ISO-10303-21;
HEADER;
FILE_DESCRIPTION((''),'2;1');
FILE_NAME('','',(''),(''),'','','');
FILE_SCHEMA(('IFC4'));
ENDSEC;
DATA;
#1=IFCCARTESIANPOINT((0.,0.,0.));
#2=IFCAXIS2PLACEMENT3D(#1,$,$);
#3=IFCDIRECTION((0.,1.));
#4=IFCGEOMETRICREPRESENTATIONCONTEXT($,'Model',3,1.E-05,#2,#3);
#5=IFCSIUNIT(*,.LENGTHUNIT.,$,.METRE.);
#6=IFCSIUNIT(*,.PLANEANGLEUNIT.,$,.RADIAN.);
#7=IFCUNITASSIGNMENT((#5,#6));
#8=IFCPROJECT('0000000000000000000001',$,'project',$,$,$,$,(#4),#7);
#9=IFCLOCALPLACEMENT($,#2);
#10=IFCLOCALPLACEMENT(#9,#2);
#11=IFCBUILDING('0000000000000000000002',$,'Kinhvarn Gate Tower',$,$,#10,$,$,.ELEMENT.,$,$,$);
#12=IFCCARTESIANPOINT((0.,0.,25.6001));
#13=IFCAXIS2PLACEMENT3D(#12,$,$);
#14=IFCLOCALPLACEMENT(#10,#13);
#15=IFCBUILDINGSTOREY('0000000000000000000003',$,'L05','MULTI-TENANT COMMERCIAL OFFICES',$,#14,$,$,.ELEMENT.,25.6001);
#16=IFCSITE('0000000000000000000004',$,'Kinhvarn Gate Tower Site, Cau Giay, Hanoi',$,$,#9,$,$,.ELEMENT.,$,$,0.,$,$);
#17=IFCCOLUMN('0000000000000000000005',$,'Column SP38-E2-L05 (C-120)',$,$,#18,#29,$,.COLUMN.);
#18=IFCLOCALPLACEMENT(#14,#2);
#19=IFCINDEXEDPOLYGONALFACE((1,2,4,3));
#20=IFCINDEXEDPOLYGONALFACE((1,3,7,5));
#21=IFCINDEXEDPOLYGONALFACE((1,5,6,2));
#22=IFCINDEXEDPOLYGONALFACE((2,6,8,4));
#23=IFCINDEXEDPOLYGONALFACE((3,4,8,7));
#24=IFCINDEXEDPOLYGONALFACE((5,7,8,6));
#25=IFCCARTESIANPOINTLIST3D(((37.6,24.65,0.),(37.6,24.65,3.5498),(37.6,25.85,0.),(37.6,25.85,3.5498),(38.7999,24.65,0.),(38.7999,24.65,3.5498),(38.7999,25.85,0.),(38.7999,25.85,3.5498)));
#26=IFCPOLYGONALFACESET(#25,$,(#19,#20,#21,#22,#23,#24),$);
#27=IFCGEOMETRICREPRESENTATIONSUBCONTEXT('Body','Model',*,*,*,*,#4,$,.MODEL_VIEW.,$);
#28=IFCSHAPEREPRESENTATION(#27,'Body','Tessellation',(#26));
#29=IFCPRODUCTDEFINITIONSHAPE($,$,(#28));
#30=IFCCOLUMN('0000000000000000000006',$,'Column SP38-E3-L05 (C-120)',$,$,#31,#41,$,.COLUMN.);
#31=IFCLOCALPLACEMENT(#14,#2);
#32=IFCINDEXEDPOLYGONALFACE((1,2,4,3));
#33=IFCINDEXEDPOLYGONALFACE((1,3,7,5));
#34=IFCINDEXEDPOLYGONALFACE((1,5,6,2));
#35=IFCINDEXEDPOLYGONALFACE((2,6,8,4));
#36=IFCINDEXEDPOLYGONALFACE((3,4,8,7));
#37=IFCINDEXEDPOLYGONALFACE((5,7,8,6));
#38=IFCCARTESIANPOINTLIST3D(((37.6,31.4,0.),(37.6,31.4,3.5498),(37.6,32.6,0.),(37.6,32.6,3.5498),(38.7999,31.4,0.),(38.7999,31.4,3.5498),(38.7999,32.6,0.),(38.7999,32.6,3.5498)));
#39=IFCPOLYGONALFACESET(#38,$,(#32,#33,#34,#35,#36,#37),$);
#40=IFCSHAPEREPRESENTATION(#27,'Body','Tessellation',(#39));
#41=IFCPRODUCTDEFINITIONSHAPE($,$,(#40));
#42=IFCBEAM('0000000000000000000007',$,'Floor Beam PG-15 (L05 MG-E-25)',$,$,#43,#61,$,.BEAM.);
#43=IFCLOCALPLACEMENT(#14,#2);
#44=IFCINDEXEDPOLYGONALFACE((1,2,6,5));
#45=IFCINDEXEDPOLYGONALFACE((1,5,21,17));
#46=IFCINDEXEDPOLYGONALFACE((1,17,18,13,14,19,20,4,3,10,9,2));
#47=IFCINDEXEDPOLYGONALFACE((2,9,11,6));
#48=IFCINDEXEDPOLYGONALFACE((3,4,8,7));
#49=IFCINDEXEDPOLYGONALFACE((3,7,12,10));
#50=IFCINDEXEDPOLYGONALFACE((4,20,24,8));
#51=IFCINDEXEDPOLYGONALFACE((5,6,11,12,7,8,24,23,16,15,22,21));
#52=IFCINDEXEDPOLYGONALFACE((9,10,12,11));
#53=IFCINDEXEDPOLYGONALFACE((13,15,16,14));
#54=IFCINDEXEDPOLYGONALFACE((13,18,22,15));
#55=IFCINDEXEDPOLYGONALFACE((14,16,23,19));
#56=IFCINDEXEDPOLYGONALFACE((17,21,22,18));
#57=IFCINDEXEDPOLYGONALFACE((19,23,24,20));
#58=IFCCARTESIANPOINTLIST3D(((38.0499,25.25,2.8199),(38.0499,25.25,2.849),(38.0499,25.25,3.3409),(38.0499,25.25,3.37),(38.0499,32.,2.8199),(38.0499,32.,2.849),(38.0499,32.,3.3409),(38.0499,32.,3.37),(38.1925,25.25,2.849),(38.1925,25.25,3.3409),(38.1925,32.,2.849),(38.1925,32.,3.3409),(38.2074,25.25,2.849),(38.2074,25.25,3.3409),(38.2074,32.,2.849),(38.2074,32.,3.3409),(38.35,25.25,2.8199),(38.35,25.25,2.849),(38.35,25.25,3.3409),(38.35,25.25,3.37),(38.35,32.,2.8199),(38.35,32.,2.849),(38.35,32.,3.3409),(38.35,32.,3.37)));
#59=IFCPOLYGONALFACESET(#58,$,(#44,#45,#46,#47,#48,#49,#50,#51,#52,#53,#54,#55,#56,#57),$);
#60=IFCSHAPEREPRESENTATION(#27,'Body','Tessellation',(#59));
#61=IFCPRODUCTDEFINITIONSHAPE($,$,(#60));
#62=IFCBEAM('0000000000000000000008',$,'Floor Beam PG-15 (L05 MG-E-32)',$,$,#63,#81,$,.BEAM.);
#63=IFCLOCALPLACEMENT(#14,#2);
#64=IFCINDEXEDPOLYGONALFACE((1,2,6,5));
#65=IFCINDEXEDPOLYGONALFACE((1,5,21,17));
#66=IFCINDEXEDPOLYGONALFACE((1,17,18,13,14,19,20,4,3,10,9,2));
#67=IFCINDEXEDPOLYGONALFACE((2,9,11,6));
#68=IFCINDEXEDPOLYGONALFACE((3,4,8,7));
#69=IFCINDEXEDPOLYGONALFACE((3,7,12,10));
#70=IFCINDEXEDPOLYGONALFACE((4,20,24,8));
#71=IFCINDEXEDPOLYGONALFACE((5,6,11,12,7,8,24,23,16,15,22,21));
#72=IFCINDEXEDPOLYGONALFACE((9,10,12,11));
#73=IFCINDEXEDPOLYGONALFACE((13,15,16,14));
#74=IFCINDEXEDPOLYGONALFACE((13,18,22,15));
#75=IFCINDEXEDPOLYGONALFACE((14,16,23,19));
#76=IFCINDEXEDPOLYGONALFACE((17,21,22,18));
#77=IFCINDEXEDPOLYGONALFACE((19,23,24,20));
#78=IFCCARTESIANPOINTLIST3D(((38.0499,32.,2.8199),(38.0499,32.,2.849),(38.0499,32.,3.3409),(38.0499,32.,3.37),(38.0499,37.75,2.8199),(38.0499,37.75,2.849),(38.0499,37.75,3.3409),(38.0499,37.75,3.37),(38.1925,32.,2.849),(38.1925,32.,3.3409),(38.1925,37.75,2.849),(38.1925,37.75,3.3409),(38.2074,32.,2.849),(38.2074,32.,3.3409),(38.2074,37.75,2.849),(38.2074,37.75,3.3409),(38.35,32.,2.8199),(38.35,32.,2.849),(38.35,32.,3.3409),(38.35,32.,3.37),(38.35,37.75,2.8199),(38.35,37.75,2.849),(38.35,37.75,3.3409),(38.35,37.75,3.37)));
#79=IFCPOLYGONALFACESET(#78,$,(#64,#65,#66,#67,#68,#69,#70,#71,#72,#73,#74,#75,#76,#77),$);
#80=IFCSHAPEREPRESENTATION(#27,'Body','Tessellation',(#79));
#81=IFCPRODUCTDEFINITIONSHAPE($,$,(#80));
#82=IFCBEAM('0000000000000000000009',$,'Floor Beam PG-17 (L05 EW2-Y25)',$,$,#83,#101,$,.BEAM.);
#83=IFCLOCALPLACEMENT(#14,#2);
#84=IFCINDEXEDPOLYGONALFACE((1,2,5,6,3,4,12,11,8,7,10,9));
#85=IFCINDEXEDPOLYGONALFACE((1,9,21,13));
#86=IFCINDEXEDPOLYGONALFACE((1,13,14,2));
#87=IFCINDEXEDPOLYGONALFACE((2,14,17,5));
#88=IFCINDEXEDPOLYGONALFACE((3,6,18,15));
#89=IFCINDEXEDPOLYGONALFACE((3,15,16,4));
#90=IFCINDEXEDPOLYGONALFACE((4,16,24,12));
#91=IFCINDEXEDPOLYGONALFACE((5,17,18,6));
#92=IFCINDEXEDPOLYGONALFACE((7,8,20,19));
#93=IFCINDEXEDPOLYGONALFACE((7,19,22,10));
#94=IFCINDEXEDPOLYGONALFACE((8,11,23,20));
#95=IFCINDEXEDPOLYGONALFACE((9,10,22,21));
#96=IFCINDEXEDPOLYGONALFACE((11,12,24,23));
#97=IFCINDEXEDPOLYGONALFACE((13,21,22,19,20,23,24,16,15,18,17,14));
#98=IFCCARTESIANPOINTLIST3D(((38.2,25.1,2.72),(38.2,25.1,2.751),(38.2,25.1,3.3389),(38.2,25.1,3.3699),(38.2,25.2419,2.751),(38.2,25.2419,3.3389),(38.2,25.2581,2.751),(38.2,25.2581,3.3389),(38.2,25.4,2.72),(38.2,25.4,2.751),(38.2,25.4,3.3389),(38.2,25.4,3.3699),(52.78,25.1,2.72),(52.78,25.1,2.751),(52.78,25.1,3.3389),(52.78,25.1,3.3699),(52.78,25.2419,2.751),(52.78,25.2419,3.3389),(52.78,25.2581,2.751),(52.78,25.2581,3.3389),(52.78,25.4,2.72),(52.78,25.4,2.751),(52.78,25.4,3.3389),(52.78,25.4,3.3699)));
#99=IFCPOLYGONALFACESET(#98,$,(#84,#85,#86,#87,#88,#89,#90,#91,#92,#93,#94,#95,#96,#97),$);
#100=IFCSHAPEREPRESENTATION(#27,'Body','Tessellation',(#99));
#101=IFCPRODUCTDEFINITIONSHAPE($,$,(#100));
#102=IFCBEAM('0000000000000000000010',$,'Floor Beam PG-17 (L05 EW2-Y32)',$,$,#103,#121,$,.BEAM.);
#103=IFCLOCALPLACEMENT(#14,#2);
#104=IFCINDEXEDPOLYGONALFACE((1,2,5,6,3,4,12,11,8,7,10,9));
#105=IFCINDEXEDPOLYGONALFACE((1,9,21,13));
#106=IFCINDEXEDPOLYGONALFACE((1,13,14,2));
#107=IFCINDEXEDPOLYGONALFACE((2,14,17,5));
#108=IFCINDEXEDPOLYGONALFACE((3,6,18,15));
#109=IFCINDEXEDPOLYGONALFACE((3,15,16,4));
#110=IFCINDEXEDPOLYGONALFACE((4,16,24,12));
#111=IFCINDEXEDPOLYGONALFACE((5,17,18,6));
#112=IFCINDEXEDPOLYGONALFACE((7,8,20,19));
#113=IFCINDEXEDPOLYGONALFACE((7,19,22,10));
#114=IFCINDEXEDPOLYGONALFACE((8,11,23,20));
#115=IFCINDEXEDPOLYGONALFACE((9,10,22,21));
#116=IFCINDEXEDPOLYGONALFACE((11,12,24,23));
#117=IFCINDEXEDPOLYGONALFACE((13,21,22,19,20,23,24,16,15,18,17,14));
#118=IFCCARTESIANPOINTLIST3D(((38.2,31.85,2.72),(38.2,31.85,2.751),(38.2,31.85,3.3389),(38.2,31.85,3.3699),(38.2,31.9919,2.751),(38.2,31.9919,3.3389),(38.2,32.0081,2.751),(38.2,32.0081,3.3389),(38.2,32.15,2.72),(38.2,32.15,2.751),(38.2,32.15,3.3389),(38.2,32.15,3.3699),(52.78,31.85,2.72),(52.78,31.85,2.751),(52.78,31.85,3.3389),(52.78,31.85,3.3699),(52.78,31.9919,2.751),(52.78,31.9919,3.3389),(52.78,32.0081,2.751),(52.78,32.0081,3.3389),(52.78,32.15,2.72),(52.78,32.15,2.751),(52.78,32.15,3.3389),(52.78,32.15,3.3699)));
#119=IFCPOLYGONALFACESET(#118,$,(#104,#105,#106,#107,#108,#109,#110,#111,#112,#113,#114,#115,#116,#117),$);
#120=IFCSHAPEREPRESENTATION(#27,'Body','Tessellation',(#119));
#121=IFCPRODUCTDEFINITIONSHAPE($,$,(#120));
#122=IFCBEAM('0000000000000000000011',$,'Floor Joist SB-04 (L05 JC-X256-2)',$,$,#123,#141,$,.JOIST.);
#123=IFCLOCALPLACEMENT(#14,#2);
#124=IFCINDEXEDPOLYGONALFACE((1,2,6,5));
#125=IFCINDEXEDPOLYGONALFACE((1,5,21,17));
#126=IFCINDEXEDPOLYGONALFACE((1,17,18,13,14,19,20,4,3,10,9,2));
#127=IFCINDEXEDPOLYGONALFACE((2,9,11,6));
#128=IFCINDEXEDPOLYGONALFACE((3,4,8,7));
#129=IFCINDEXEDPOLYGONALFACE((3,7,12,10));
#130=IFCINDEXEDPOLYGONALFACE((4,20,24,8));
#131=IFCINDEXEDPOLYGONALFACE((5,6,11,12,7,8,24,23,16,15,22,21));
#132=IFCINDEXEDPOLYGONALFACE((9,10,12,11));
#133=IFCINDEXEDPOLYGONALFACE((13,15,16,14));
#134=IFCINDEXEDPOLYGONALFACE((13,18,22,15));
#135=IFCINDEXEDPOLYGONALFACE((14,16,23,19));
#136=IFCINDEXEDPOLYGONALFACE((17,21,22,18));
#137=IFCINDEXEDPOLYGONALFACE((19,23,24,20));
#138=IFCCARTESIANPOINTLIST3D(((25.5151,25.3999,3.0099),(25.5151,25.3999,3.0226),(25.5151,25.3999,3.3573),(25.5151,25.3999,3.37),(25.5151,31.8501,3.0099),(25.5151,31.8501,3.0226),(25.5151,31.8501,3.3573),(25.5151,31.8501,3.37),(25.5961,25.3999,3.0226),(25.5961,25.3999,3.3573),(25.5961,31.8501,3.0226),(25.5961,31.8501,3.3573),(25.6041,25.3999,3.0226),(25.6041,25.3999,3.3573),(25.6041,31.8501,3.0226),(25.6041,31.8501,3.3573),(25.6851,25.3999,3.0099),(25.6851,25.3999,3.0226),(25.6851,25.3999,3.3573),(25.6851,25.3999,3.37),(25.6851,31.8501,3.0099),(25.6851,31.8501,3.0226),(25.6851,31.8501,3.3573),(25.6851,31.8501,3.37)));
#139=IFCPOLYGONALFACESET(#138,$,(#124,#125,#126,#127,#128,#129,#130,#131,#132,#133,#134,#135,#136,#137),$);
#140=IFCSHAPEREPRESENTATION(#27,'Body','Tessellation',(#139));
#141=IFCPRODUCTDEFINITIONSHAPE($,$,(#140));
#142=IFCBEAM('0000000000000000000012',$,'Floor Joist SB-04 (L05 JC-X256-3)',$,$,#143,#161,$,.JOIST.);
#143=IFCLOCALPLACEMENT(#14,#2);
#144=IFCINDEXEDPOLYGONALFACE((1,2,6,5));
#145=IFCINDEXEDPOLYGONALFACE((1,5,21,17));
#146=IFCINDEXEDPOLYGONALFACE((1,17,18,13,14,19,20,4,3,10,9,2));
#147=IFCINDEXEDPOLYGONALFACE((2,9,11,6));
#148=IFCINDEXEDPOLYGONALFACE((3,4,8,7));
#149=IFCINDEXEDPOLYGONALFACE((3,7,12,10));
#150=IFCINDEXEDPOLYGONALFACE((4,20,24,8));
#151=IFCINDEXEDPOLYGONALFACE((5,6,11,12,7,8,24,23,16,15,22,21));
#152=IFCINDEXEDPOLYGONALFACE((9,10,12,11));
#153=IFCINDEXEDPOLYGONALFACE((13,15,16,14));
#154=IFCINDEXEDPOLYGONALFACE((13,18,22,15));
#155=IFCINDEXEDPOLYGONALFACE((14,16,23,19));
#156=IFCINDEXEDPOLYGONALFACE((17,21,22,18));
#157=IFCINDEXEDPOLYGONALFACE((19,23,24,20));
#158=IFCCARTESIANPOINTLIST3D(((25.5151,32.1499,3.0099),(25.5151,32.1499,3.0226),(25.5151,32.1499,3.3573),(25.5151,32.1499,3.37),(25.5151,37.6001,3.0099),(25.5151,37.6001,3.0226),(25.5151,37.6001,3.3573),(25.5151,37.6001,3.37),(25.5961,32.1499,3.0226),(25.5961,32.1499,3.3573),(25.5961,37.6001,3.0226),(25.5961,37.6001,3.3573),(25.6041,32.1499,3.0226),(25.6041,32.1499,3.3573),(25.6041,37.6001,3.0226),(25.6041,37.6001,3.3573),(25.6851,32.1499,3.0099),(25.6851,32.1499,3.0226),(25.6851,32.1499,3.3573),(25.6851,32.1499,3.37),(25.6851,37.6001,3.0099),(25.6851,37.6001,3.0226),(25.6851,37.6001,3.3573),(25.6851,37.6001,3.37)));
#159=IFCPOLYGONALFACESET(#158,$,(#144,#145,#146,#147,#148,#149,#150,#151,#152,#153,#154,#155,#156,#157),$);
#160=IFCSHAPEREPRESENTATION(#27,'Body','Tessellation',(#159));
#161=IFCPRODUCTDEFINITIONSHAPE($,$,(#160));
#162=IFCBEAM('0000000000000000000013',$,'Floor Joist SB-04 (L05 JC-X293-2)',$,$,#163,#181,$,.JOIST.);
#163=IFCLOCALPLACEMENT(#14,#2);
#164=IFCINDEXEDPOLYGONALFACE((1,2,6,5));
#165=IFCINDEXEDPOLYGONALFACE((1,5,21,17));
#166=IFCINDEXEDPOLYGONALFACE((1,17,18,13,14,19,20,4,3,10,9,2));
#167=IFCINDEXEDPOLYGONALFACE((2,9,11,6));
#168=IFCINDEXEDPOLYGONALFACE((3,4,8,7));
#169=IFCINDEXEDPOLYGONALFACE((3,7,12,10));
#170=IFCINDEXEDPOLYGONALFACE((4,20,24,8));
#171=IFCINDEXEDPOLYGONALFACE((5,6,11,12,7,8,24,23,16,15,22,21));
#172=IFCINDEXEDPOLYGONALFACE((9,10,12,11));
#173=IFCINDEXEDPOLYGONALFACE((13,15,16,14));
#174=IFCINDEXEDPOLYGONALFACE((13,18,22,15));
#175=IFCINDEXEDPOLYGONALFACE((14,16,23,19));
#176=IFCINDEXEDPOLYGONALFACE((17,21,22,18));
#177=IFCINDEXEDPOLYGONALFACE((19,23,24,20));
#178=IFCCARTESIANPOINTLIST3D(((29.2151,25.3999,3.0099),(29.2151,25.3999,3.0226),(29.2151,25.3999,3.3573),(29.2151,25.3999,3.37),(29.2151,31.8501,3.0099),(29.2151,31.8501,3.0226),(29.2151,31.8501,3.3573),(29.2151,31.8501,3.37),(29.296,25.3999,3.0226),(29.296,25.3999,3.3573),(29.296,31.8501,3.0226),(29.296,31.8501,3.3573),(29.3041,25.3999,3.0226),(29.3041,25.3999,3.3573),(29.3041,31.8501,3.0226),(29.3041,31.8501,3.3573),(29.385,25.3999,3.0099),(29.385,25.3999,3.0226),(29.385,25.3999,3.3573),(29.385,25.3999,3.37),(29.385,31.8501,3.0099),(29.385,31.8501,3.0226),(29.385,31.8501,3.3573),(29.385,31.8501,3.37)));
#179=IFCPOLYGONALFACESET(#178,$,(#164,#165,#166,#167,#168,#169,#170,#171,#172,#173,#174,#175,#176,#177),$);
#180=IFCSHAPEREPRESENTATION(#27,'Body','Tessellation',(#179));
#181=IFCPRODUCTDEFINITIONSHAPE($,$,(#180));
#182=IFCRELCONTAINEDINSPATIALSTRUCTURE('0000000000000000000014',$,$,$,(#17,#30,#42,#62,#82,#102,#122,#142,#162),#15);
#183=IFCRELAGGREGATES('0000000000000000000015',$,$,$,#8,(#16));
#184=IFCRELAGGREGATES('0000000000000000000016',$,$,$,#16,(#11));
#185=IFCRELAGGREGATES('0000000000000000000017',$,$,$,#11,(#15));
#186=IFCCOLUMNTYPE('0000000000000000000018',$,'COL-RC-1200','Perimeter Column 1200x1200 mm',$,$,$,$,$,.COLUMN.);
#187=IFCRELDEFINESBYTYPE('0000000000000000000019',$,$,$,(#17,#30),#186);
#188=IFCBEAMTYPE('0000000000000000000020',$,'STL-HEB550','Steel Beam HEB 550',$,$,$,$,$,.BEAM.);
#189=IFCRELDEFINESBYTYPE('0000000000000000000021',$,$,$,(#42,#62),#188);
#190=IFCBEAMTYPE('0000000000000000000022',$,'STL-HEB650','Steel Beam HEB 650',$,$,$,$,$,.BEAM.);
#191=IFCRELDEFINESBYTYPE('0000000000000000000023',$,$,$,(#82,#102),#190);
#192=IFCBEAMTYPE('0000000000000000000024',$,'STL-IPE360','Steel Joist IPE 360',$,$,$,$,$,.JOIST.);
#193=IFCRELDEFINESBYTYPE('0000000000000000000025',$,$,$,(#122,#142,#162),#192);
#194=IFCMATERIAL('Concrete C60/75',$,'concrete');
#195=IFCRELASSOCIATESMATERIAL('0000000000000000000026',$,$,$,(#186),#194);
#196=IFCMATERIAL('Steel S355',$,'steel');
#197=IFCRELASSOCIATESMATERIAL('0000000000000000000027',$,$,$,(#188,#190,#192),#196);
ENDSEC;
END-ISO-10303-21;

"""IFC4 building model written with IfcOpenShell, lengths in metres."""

from ifc_helpers import new_model, si_unit, direction, frame, origin, origin_2d, place, context, subcontext, project, spatial, rectangle, i_section, extrude, material, material_profile, profile_set, type_object, element, save


model = new_model("IFC4")

# Units and contexts
model_context = context("Model", 3, precision=1e-05, world=origin(), true_north=direction((0.0, 1.0)))
body_context = subcontext(model_context, "Body", "Model", "MODEL_VIEW")
ifc_project = project(units=[si_unit("LENGTHUNIT", "METRE"), si_unit("PLANEANGLEUNIT", "RADIAN")], contexts=[model_context])

# Site, building, storey
site_placement = place(None, origin())
site = spatial("IfcSite", under=ifc_project, at=site_placement, Name="Kinhvarn Gate Tower Site, Cau Giay, Hanoi", CompositionType="ELEMENT", RefElevation=0.0)
building_placement = place(site_placement, origin())
building = spatial("IfcBuilding", under=site, at=building_placement, Name="Kinhvarn Gate Tower", CompositionType="ELEMENT")
storey_placement = place(building_placement, frame((0.0, 0.0, 25.6001)))
storey = spatial("IfcBuildingStorey", under=building, at=storey_placement, Name="L05", Description="MULTI-TENANT COMMERCIAL OFFICES", CompositionType="ELEMENT", Elevation=25.6001)

# Columns
ifc_material_1 = material(Name="Concrete C60/75", Category="concrete")
ifc_material_profile_1 = material_profile(ifc_material_1, rectangle(XDim=1.2, YDim=1.2, at=origin_2d()), Name="RC 1200x1200")
ifc_profile_set_1 = profile_set([ifc_material_profile_1], Name="Concrete C60/75")
column_type = type_object("IfcColumnType", Name="COL-RC-1200", Description="Perimeter Column 1200x1200 mm", PredefinedType="COLUMN", material=ifc_profile_set_1)
for number, where, z_axis, x_axis, name in (
    (1, (38.2, 25.25, 0.0), (0.0, 0.0, 1.0), (1.0, 0.0, 0.0), "Column SP38-E2-L05 (C-120)"),
    (2, (38.2, 32.0, 0.0), (0.0, 0.0, 1.0), (1.0, 0.0, 0.0), "Column SP38-E3-L05 (C-120)"),
):
    element("IfcColumn", number, at=place(storey_placement, frame(where, z_axis=z_axis, x_axis=x_axis)), inside=storey, type_object=column_type, Name=name, PredefinedType="COLUMN", context=body_context, shape_type="SweptSolid", body=[
        extrude(rectangle(XDim=1.2, YDim=1.2, at=origin_2d()), origin(), (0.0, 0.0, 1.0), 3.5498),
    ])

# Beams
ifc_material_2 = material(Name="Steel S355", Category="steel")
ifc_material_profile_2 = material_profile(ifc_material_2, i_section(OverallWidth=0.3, OverallDepth=0.55, WebThickness=0.0149, FlangeThickness=0.0291, at=origin_2d()), Name="HEB 550")
ifc_profile_set_2 = profile_set([ifc_material_profile_2], Name="Steel S355")
beam_type_1 = type_object("IfcBeamType", Name="STL-HEB550", Description="Steel Beam HEB 550", PredefinedType="BEAM", material=ifc_profile_set_2)
beam_1_placement = place(storey_placement, frame((38.2, 25.25, 3.095), z_axis=(0.0, 1.0, 0.0), x_axis=(-1.0, 0.0, 0.0)))
element("IfcBeam", 3, at=beam_1_placement, inside=storey, type_object=beam_type_1, Name="Floor Beam PG-15 (L05 MG-E-25)", PredefinedType="BEAM", context=body_context, shape_type="SweptSolid", body=[
    extrude(i_section(OverallWidth=0.3, OverallDepth=0.55, WebThickness=0.0149, FlangeThickness=0.0291, at=origin_2d()), origin(), (0.0, 0.0, 1.0), 6.75),
])
beam_2_placement = place(storey_placement, frame((38.2, 32.0, 3.095), z_axis=(0.0, 1.0, 0.0), x_axis=(-1.0, 0.0, 0.0)))
element("IfcBeam", 4, at=beam_2_placement, inside=storey, type_object=beam_type_1, Name="Floor Beam PG-15 (L05 MG-E-32)", PredefinedType="BEAM", context=body_context, shape_type="SweptSolid", body=[
    extrude(i_section(OverallWidth=0.3, OverallDepth=0.55, WebThickness=0.0149, FlangeThickness=0.0291, at=origin_2d()), origin(), (0.0, 0.0, 1.0), 5.75),
])
ifc_material_profile_3 = material_profile(ifc_material_2, i_section(OverallWidth=0.3, OverallDepth=0.6499, WebThickness=0.0161, FlangeThickness=0.031, at=origin_2d()), Name="HEB 650")
ifc_profile_set_3 = profile_set([ifc_material_profile_3], Name="Steel S355")
beam_type_2 = type_object("IfcBeamType", Name="STL-HEB650", Description="Steel Beam HEB 650", PredefinedType="BEAM", material=ifc_profile_set_3)
for number, where, z_axis, x_axis, name in (
    (5, (38.2, 25.25, 3.0449), (1.0, 0.0, 0.0), (0.0, 1.0, 0.0), "Floor Beam PG-17 (L05 EW2-Y25)"),
    (6, (38.2, 32.0, 3.0449), (1.0, 0.0, 0.0), (0.0, 1.0, 0.0), "Floor Beam PG-17 (L05 EW2-Y32)"),
):
    element("IfcBeam", number, at=place(storey_placement, frame(where, z_axis=z_axis, x_axis=x_axis)), inside=storey, type_object=beam_type_2, Name=name, PredefinedType="BEAM", context=body_context, shape_type="SweptSolid", body=[
        extrude(i_section(OverallWidth=0.3, OverallDepth=0.6499, WebThickness=0.0161, FlangeThickness=0.031, at=origin_2d()), origin(), (0.0, 0.0, 1.0), 14.5801),
    ])
ifc_material_profile_4 = material_profile(ifc_material_2, i_section(OverallWidth=0.1699, OverallDepth=0.3601, WebThickness=0.0081, FlangeThickness=0.0127, at=origin_2d()), Name="IPE 360")
ifc_profile_set_4 = profile_set([ifc_material_profile_4], Name="Steel S355")
beam_type_3 = type_object("IfcBeamType", Name="STL-IPE360", Description="Steel Joist IPE 360", PredefinedType="JOIST", material=ifc_profile_set_4)
beam_3_placement = place(storey_placement, frame((25.6001, 25.3999, 3.1899), z_axis=(0.0, 1.0, 0.0), x_axis=(-1.0, 0.0, 0.0)))
element("IfcBeam", 7, at=beam_3_placement, inside=storey, type_object=beam_type_3, Name="Floor Joist SB-04 (L05 JC-X256-2)", PredefinedType="JOIST", context=body_context, shape_type="SweptSolid", body=[
    extrude(i_section(OverallWidth=0.1699, OverallDepth=0.3601, WebThickness=0.0081, FlangeThickness=0.0127, at=origin_2d()), origin(), (0.0, 0.0, 1.0), 6.4502),
])
beam_4_placement = place(storey_placement, frame((25.6001, 32.1499, 3.1899), z_axis=(0.0, 1.0, 0.0), x_axis=(-1.0, 0.0, 0.0)))
element("IfcBeam", 8, at=beam_4_placement, inside=storey, type_object=beam_type_3, Name="Floor Joist SB-04 (L05 JC-X256-3)", PredefinedType="JOIST", context=body_context, shape_type="SweptSolid", body=[
    extrude(i_section(OverallWidth=0.1699, OverallDepth=0.3601, WebThickness=0.0081, FlangeThickness=0.0127, at=origin_2d()), origin(), (0.0, 0.0, 1.0), 5.4502),
])
beam_5_placement = place(storey_placement, frame((29.3, 25.3999, 3.1899), z_axis=(0.0, 1.0, 0.0), x_axis=(-1.0, 0.0, 0.0)))
element("IfcBeam", 9, at=beam_5_placement, inside=storey, type_object=beam_type_3, Name="Floor Joist SB-04 (L05 JC-X293-2)", PredefinedType="JOIST", context=body_context, shape_type="SweptSolid", body=[
    extrude(i_section(OverallWidth=0.1699, OverallDepth=0.3601, WebThickness=0.0081, FlangeThickness=0.0127, at=origin_2d()), origin(), (0.0, 0.0, 1.0), 6.4502),
])

save(model, "model.ifc")
